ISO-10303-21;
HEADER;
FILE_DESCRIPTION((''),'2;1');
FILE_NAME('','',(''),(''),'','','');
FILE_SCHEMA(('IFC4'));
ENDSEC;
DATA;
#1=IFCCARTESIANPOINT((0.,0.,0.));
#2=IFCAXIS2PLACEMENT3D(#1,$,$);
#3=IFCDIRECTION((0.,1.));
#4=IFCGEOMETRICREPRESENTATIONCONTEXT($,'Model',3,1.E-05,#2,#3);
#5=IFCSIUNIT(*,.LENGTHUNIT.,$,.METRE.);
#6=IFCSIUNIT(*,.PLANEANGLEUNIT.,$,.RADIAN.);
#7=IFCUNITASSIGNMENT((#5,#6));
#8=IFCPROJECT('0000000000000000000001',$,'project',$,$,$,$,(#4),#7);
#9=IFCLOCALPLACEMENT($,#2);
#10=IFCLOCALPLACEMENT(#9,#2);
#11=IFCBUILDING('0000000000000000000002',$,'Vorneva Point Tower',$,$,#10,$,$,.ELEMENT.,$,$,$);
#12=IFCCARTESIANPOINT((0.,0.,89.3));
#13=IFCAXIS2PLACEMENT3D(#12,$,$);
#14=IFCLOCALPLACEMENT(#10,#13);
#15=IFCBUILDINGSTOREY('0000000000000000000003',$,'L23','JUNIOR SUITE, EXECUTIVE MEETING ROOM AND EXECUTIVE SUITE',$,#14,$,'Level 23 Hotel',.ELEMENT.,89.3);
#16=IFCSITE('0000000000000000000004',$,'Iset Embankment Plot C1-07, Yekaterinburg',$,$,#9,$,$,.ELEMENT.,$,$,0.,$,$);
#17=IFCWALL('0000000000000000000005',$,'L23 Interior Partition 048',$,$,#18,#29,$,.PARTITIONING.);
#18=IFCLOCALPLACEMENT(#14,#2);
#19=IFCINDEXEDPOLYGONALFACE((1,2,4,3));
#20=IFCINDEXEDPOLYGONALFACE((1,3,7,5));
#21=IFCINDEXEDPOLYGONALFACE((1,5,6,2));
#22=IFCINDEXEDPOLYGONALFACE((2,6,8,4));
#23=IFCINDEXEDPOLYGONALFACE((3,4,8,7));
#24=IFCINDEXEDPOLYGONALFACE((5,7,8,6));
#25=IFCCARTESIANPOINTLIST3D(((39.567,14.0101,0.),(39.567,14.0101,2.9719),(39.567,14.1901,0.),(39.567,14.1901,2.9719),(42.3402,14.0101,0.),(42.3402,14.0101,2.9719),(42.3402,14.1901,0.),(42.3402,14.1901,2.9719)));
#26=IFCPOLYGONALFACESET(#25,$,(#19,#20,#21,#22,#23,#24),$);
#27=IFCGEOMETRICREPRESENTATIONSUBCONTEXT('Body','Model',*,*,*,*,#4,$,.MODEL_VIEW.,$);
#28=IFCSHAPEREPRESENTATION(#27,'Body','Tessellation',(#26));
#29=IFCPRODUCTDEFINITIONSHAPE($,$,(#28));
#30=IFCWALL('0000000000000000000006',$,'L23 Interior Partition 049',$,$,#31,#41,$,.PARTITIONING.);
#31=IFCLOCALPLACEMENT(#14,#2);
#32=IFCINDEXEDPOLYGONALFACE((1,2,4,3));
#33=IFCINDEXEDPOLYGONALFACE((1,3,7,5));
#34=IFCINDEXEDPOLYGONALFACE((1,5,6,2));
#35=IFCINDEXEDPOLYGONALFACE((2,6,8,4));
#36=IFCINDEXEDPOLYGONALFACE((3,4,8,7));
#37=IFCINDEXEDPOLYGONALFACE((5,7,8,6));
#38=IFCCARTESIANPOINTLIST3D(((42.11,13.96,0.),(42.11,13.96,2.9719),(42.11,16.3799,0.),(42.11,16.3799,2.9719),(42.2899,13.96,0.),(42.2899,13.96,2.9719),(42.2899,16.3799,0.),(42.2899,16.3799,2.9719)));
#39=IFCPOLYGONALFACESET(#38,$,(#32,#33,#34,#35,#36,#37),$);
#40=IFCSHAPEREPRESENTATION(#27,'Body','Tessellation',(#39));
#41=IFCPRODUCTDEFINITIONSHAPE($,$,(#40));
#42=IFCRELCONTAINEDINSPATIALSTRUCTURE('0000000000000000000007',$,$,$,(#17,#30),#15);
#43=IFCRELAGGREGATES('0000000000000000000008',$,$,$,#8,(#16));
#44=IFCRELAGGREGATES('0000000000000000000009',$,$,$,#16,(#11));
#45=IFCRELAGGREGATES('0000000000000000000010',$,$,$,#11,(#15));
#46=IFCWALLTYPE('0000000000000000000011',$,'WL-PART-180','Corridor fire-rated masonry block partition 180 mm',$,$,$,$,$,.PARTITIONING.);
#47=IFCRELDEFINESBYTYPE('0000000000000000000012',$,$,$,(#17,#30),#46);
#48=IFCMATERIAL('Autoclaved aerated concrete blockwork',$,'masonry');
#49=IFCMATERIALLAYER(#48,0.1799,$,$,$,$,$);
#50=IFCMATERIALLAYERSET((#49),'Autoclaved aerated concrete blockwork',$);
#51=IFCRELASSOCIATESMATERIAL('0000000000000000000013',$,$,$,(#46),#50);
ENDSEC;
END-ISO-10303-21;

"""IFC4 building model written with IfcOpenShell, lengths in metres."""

from ifc_helpers import new_model, si_unit, direction, frame, frame_2d, origin, place, context, subcontext, project, spatial, rectangle, extrude, material, layer, layer_set, type_object, element, save


model = new_model("IFC4")

# Units and contexts
model_context = context("Model", 3, precision=1e-05, world=origin(), true_north=direction((0.0, 1.0)))
body_context = subcontext(model_context, "Body", "Model", "MODEL_VIEW")
ifc_project = project(units=[si_unit("LENGTHUNIT", "METRE"), si_unit("PLANEANGLEUNIT", "RADIAN")], contexts=[model_context])

# Site, building, storey
site_placement = place(None, origin())
site = spatial("IfcSite", under=ifc_project, at=site_placement, Name="Iset Embankment Plot C1-07, Yekaterinburg", CompositionType="ELEMENT", RefElevation=0.0)
building_placement = place(site_placement, origin())
building = spatial("IfcBuilding", under=site, at=building_placement, Name="Vorneva Point Tower", CompositionType="ELEMENT")
storey_placement = place(building_placement, frame((0.0, 0.0, 89.3)))
storey = spatial("IfcBuildingStorey", under=building, at=storey_placement, Name="L23", Description="JUNIOR SUITE, EXECUTIVE MEETING ROOM AND EXECUTIVE SUITE", LongName="Level 23 Hotel", CompositionType="ELEMENT", Elevation=89.3)

# Shared definitions
ifc_material_1 = material(Name="Autoclaved aerated concrete blockwork", Category="masonry")
ifc_layer_1 = layer(ifc_material_1, 0.1799)
ifc_layer_set_1 = layer_set([ifc_layer_1], Name="Autoclaved aerated concrete blockwork")
wall_type_1 = type_object("IfcWallType", Name="WL-PART-180", Description="Corridor fire-rated masonry block partition 180 mm", PredefinedType="PARTITIONING", material=ifc_layer_set_1)

# Walls
wall_1_placement = place(storey_placement, frame((39.5669, 14.1001, 0.0), z_axis=(0.0, 0.0, 1.0), x_axis=(1.0, 0.0, 0.0)))
element("IfcWall", 1, at=wall_1_placement, inside=storey, type_object=wall_type_1, Name="L23 Interior Partition 048", PredefinedType="PARTITIONING", context=body_context, shape_type="SweptSolid", body=[
    extrude(rectangle(XDim=2.7732, YDim=0.1799, at=frame_2d((1.3867, 0.0))), origin(), (0.0, 0.0, 1.0), 2.9719),
])
wall_2_placement = place(storey_placement, frame((42.2, 13.96, 0.0), z_axis=(0.0, 0.0, 1.0), x_axis=(0.0, 1.0, 0.0)))
element("IfcWall", 2, at=wall_2_placement, inside=storey, type_object=wall_type_1, Name="L23 Interior Partition 049", PredefinedType="PARTITIONING", context=body_context, shape_type="SweptSolid", body=[
    extrude(rectangle(XDim=2.4199, YDim=0.1799, at=frame_2d((1.21, 0.0))), origin(), (0.0, 0.0, 1.0), 2.9719),
])

save(model, "model.ifc")
